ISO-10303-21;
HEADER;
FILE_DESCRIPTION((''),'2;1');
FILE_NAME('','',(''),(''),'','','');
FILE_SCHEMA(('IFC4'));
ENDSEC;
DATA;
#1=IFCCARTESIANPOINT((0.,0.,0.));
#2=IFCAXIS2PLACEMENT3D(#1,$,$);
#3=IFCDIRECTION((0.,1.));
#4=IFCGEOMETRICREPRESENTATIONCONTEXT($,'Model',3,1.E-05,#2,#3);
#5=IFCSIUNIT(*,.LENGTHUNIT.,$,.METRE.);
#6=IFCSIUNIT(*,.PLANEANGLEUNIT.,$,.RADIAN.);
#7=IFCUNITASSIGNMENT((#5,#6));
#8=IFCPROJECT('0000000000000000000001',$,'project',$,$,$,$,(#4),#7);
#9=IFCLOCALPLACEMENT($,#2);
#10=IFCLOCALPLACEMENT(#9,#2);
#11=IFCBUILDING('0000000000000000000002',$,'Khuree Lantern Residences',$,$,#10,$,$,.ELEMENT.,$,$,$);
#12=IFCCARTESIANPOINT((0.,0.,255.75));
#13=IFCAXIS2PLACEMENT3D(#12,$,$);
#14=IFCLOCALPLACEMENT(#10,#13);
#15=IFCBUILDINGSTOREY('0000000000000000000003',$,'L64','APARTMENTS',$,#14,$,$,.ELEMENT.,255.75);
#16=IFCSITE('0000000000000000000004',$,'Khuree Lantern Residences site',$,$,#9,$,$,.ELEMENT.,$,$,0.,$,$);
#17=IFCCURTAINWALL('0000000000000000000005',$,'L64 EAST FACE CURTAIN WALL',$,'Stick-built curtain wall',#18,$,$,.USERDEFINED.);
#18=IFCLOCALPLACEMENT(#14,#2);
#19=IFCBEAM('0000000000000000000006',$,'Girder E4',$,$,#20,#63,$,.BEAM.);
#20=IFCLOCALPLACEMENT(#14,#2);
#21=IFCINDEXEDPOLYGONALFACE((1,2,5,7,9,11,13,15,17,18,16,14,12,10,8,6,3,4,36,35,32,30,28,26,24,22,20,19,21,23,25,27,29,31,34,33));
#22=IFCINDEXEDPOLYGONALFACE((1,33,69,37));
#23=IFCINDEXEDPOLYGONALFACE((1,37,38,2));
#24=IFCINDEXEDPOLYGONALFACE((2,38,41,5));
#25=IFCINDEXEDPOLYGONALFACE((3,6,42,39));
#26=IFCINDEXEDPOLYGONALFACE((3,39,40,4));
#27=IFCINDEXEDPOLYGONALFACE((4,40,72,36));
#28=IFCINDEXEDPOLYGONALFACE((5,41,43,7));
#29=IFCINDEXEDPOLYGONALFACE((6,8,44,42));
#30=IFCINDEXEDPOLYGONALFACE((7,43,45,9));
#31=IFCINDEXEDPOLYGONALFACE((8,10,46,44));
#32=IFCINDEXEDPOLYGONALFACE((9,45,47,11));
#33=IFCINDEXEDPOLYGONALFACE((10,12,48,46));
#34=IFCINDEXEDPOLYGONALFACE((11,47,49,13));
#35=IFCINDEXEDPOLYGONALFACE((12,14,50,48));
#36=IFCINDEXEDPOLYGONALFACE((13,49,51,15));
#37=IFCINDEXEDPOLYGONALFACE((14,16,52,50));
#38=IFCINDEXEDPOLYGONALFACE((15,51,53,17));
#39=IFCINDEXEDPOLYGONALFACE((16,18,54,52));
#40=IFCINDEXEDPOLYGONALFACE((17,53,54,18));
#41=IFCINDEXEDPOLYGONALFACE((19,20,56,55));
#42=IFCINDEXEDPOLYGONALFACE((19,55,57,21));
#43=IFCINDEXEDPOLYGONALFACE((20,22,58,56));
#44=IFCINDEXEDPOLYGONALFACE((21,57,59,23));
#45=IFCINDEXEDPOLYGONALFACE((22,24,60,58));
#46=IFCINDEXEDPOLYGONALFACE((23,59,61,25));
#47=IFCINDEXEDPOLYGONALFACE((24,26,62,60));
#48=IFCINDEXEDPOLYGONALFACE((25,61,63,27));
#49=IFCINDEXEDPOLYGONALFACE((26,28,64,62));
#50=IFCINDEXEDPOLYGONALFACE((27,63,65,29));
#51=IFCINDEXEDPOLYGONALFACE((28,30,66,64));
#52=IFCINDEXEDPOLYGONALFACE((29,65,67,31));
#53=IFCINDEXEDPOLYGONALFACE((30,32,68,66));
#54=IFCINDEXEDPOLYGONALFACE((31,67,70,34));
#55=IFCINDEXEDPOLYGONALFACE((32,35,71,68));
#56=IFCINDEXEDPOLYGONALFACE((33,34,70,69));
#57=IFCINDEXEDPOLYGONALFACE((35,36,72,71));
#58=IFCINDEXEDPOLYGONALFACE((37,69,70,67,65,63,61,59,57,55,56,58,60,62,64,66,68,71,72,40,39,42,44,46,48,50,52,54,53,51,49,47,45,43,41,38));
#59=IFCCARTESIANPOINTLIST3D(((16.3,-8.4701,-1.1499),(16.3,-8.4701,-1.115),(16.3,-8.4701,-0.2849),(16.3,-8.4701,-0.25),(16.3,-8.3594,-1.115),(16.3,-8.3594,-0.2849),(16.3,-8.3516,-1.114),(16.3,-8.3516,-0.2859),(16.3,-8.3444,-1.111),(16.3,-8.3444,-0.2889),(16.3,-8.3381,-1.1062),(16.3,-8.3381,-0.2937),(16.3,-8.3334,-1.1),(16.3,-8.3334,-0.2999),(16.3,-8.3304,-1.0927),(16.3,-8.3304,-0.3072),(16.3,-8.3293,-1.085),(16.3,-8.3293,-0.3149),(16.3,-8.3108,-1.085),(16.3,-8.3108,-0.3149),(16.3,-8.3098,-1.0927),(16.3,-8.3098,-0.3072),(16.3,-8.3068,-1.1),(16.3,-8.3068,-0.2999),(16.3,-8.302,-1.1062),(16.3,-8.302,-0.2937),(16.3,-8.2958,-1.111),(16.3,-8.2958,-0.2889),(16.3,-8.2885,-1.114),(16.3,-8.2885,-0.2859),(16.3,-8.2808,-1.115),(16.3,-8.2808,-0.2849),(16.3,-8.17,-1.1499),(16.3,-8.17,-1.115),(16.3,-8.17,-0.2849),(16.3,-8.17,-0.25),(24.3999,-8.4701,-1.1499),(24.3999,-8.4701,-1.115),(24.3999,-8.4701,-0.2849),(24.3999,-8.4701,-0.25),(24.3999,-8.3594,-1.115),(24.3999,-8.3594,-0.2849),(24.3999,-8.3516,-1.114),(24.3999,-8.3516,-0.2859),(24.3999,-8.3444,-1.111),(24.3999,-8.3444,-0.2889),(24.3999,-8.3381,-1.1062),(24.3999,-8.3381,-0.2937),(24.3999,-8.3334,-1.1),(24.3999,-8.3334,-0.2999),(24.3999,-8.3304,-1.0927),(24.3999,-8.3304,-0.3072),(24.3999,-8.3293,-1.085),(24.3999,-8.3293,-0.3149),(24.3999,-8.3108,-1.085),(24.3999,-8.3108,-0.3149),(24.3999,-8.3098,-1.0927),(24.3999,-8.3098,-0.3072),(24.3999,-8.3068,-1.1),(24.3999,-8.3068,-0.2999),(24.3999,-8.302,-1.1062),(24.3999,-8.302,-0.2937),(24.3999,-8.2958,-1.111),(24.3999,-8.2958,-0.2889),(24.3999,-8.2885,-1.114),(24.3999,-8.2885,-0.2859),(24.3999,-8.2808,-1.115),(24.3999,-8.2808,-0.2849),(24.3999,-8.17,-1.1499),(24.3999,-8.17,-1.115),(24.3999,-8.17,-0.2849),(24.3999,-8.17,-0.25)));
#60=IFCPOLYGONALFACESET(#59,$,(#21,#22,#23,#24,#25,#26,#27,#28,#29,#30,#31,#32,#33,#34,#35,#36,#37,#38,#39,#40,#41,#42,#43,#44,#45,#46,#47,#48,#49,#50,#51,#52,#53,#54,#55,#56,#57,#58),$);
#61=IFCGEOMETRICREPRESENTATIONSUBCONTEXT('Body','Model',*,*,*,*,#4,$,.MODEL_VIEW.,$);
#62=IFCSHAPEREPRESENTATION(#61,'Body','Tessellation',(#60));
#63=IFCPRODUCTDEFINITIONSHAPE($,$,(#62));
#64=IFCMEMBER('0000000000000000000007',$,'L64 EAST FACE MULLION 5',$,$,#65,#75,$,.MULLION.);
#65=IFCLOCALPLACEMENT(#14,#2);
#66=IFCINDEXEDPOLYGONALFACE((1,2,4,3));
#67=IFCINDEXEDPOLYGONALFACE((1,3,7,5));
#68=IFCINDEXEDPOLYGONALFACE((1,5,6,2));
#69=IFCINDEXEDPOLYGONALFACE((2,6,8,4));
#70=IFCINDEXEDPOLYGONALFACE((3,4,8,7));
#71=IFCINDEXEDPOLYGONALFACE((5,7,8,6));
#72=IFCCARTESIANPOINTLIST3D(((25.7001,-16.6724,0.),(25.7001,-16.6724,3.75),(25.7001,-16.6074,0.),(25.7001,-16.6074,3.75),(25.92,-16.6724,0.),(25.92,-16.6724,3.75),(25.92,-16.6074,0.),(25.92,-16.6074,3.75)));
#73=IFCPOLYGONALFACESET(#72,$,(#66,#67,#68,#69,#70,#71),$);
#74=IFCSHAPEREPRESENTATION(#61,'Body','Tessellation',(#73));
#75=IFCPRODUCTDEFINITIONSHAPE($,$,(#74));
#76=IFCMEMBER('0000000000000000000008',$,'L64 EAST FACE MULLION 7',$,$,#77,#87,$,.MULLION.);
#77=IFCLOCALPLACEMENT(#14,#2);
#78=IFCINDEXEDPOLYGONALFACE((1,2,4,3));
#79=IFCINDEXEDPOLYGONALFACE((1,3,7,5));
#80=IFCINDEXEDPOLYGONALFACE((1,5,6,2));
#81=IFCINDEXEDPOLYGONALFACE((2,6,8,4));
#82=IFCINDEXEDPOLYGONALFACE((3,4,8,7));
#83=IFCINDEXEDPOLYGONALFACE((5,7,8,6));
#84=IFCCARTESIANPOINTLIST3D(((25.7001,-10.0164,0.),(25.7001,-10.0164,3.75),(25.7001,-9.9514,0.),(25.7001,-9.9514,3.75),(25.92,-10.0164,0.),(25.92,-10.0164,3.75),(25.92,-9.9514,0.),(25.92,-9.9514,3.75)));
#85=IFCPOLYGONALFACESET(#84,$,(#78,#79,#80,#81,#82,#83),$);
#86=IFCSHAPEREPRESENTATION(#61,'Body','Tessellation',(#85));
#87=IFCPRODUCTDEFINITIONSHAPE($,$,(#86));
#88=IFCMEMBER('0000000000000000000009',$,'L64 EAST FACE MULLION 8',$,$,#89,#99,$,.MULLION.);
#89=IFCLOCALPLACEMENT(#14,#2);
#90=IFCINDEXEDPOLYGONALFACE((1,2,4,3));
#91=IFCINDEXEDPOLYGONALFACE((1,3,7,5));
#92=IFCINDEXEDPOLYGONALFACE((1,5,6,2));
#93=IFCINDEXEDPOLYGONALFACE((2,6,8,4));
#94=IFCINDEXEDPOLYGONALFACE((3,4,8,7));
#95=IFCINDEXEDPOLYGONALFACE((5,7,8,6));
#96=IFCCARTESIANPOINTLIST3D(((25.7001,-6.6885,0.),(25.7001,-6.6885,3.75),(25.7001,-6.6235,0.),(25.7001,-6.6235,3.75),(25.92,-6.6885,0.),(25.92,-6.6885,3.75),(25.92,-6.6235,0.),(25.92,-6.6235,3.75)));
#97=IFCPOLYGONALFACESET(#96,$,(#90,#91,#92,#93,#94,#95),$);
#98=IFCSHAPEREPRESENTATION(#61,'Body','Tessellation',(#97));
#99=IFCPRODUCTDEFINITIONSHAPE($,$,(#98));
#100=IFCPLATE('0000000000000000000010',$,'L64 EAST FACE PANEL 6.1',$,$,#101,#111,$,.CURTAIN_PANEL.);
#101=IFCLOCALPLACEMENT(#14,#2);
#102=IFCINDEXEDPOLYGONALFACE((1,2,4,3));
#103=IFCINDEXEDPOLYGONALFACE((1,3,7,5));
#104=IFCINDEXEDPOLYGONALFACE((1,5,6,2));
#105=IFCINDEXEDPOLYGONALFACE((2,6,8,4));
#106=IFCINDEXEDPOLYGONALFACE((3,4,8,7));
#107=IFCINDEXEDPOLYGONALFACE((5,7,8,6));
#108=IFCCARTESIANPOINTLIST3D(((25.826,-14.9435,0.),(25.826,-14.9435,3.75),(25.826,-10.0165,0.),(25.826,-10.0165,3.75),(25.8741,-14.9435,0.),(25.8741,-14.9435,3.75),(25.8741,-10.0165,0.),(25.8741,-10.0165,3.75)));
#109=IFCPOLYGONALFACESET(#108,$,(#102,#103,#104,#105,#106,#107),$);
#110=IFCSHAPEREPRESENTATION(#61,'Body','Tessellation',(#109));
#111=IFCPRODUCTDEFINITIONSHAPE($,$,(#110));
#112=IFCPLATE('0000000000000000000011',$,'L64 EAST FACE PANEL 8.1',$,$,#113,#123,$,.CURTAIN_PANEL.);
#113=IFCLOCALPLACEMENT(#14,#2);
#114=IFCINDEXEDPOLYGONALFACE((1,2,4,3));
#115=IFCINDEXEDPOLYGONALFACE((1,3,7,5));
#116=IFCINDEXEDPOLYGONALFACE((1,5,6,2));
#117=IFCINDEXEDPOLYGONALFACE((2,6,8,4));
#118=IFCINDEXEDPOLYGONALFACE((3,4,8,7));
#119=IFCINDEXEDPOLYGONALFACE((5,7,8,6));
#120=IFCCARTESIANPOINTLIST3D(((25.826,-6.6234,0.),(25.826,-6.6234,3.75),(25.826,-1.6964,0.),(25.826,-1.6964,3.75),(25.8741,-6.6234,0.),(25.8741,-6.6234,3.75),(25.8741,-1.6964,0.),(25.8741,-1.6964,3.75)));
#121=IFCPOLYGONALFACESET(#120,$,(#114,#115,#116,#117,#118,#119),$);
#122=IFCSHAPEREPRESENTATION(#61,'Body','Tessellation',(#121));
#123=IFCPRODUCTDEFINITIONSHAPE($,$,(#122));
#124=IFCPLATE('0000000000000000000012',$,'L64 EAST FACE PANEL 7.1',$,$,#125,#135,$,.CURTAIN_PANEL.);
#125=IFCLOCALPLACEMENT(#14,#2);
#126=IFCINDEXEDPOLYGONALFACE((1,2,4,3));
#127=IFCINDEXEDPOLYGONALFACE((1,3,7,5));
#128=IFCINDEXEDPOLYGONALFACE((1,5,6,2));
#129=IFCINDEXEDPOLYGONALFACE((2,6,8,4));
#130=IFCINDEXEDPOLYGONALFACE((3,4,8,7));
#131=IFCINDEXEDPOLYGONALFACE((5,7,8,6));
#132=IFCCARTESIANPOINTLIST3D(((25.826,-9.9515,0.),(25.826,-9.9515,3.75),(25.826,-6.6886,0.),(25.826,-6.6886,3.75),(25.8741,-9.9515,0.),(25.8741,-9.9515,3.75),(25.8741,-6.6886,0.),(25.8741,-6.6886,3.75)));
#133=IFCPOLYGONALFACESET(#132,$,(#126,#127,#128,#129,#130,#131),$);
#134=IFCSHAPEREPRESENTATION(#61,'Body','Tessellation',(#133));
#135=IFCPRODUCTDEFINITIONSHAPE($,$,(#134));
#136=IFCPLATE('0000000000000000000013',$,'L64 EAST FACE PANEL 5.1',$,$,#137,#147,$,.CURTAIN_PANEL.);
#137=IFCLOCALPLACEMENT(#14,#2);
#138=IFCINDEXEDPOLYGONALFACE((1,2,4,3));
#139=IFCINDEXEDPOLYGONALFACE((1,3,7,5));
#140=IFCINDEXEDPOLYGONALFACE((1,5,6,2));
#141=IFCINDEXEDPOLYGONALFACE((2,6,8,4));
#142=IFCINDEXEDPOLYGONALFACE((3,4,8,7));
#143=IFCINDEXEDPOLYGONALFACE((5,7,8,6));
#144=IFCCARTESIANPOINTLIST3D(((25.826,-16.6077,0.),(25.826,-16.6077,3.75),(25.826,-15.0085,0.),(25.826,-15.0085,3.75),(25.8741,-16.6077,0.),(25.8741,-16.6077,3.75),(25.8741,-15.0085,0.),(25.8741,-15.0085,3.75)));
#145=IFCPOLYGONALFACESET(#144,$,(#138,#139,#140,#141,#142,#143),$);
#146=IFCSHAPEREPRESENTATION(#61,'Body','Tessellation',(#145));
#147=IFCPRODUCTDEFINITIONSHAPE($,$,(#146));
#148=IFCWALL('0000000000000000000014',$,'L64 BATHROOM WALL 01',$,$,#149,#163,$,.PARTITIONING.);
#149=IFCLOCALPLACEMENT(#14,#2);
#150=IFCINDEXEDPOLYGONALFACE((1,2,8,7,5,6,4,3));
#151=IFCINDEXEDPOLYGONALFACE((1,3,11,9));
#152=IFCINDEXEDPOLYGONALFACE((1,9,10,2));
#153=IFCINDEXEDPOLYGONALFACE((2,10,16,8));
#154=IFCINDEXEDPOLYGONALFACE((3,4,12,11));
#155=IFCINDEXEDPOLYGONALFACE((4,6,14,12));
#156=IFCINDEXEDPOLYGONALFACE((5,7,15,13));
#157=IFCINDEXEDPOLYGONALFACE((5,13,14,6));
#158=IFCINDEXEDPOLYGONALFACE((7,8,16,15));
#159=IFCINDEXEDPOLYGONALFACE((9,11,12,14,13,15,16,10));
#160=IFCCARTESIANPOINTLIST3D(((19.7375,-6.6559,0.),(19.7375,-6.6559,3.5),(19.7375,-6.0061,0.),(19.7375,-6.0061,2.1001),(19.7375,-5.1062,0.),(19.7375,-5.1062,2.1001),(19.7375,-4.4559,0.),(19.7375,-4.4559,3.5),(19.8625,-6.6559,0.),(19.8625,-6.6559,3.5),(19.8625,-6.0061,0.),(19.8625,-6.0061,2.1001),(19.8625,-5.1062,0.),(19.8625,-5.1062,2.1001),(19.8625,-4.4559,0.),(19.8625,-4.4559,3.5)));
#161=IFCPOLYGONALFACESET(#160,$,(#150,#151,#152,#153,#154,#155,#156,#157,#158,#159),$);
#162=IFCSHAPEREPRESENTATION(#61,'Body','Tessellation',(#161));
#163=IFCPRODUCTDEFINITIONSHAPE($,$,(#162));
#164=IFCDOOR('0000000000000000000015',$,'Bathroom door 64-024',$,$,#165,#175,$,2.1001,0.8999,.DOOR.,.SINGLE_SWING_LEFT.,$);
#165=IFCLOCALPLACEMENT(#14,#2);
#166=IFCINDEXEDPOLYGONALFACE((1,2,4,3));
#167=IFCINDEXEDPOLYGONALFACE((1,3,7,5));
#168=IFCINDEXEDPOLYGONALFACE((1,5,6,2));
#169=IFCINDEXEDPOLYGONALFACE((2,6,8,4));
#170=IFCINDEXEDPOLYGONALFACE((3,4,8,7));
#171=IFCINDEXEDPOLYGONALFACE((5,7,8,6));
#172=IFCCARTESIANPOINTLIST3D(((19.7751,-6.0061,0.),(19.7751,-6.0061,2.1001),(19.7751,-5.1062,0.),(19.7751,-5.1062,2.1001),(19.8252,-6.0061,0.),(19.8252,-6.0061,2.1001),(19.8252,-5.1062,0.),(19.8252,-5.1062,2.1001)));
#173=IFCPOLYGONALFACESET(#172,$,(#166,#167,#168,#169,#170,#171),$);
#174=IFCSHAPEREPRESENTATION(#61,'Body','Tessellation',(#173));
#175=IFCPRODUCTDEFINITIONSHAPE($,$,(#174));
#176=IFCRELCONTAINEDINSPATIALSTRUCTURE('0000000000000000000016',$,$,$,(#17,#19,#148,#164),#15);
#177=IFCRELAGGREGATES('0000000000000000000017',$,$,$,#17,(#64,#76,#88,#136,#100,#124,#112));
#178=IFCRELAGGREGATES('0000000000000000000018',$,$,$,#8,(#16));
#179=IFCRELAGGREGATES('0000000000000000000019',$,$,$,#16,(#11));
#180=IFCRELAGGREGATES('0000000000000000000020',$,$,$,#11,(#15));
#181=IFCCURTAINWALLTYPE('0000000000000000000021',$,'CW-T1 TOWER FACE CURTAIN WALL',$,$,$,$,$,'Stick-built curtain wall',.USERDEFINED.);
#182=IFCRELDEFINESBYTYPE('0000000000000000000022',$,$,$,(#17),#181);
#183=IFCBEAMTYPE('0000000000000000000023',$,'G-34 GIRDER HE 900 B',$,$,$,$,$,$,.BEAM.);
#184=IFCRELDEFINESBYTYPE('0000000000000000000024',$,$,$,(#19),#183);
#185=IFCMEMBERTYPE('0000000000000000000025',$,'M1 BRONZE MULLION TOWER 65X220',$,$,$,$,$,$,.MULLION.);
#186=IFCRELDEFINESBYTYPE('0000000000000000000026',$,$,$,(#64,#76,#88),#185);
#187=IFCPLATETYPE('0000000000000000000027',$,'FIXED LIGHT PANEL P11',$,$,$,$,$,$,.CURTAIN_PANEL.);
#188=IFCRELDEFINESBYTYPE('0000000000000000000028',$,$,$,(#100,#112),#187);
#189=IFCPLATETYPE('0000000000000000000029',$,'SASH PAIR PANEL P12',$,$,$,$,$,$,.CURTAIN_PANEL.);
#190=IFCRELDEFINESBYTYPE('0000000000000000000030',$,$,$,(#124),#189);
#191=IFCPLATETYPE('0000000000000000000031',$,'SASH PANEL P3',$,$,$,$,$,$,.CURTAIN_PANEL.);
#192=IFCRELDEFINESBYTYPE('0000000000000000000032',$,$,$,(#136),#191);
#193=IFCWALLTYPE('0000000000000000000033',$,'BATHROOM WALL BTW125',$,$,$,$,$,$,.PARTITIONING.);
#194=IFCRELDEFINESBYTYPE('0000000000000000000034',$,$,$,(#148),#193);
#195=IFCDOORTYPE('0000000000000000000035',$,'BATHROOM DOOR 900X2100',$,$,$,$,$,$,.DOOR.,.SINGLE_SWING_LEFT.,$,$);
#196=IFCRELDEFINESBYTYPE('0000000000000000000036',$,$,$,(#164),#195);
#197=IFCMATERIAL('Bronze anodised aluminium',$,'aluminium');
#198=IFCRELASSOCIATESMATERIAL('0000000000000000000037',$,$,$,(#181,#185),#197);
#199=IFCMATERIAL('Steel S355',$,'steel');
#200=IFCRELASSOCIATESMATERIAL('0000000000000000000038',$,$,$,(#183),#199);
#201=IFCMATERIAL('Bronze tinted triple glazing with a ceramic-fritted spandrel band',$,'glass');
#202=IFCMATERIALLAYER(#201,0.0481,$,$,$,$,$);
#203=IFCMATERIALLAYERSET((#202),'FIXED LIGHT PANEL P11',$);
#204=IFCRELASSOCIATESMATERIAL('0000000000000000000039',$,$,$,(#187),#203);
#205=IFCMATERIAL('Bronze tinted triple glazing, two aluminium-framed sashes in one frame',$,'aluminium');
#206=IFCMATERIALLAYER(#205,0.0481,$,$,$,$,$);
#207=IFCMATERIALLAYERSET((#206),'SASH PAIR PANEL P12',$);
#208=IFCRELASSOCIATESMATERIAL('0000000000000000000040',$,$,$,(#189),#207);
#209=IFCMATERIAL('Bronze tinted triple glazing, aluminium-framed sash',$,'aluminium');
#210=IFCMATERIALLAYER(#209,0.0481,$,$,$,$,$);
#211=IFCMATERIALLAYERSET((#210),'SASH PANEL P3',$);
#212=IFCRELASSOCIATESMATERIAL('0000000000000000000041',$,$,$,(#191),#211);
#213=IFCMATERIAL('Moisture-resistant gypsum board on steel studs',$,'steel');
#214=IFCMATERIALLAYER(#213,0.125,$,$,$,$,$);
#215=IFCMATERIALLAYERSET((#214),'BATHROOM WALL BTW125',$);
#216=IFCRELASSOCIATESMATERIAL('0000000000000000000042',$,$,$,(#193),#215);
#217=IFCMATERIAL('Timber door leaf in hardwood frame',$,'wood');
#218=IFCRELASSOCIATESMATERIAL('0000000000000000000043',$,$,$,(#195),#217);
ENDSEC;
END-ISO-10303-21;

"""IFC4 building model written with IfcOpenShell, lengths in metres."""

from ifc_helpers import new_model, si_unit, direction, frame, frame_2d, origin, origin_2d, place, context, subcontext, project, spatial, rectangle, i_section, extrude, material, layer, layer_set, material_profile, profile_set, type_object, element, fill, aggregate, save


model = new_model("IFC4")

# Units and contexts
model_context = context("Model", 3, precision=1e-05, world=origin(), true_north=direction((0.0, 1.0)))
body_context = subcontext(model_context, "Body", "Model", "MODEL_VIEW")
ifc_project = project(units=[si_unit("LENGTHUNIT", "METRE"), si_unit("PLANEANGLEUNIT", "RADIAN")], contexts=[model_context])

# Site, building, storey
site_placement = place(None, origin())
site = spatial("IfcSite", under=ifc_project, at=site_placement, Name="Khuree Lantern Residences site", CompositionType="ELEMENT", RefElevation=0.0)
building_placement = place(site_placement, origin())
building = spatial("IfcBuilding", under=site, at=building_placement, Name="Khuree Lantern Residences", CompositionType="ELEMENT")
storey_placement = place(building_placement, frame((0.0, 0.0, 255.75)))
storey = spatial("IfcBuildingStorey", under=building, at=storey_placement, Name="L64", Description="APARTMENTS", CompositionType="ELEMENT", Elevation=255.75)

# Shared definitions
ifc_material_1 = material(Name="Steel S355", Category="steel")

# Curtain wall
ifc_material_2 = material(Name="Bronze anodised aluminium", Category="aluminium")
curtain_wall_type = type_object("IfcCurtainWallType", Name="CW-T1 TOWER FACE CURTAIN WALL", ElementType="Stick-built curtain wall", PredefinedType="USERDEFINED", material=ifc_material_2)
curtain_wall_placement = place(storey_placement, origin())
curtain_wall = element("IfcCurtainWall", 1, at=curtain_wall_placement, inside=storey, type_object=curtain_wall_type, Name="L64 EAST FACE CURTAIN WALL", ObjectType="Stick-built curtain wall", PredefinedType="USERDEFINED")

# Beam
ifc_material_profile_1 = material_profile(ifc_material_1, i_section(OverallWidth=0.3, OverallDepth=0.8999, WebThickness=0.0186, FlangeThickness=0.0349, FilletRadius=0.03, at=origin_2d()), Name="HE 900 B")
ifc_profile_set_1 = profile_set([ifc_material_profile_1], Name="Steel S355")
beam_type_1 = type_object("IfcBeamType", Name="G-34 GIRDER HE 900 B", PredefinedType="BEAM", material=ifc_profile_set_1)
beam_1_placement = place(storey_placement, frame((24.3999, -8.3201, -0.7), z_axis=(-1.0, 0.0, 0.0), x_axis=(0.0, -1.0, 0.0)))
element("IfcBeam", 2, at=beam_1_placement, inside=storey, type_object=beam_type_1, Name="Girder E4", PredefinedType="BEAM", context=body_context, shape_type="SweptSolid", body=[
    extrude(i_section(OverallWidth=0.3, OverallDepth=0.8999, WebThickness=0.0186, FlangeThickness=0.0349, FilletRadius=0.03, at=origin_2d()), origin(), (0.0, 0.0, 1.0), 8.0999),
])

# Members
ifc_material_profile_2 = material_profile(ifc_material_2, rectangle(XDim=0.0649, YDim=0.22, at=origin_2d()), Name="M1 65X220")
ifc_profile_set_2 = profile_set([ifc_material_profile_2], Name="Bronze anodised aluminium")
member_type_1 = type_object("IfcMemberType", Name="M1 BRONZE MULLION TOWER 65X220", PredefinedType="MULLION", material=ifc_profile_set_2)
member_1_placement = place(storey_placement, frame((25.8101, -16.6399, 0.0), z_axis=(0.0, 0.0, 1.0), x_axis=(0.0, 1.0, 0.0)))
member_1 = element("IfcMember", 3, at=member_1_placement, type_object=member_type_1, Name="L64 EAST FACE MULLION 5", PredefinedType="MULLION", context=body_context, shape_type="SweptSolid", body=[
    extrude(rectangle(XDim=0.0649, YDim=0.22, at=origin_2d()), origin(), (0.0, 0.0, 1.0), 3.75),
])
member_2_placement = place(storey_placement, frame((25.8101, -9.9839, 0.0), z_axis=(0.0, 0.0, 1.0), x_axis=(0.0, 1.0, 0.0)))
member_2 = element("IfcMember", 4, at=member_2_placement, type_object=member_type_1, Name="L64 EAST FACE MULLION 7", PredefinedType="MULLION", context=body_context, shape_type="SweptSolid", body=[
    extrude(rectangle(XDim=0.0649, YDim=0.22, at=origin_2d()), origin(), (0.0, 0.0, 1.0), 3.75),
])
member_3_placement = place(storey_placement, frame((25.8101, -6.656, 0.0), z_axis=(0.0, 0.0, 1.0), x_axis=(0.0, 1.0, 0.0)))
member_3 = element("IfcMember", 5, at=member_3_placement, type_object=member_type_1, Name="L64 EAST FACE MULLION 8", PredefinedType="MULLION", context=body_context, shape_type="SweptSolid", body=[
    extrude(rectangle(XDim=0.0649, YDim=0.22, at=origin_2d()), origin(), (0.0, 0.0, 1.0), 3.75),
])

# Plates
ifc_material_3 = material(Name="Bronze tinted triple glazing with a ceramic-fritted spandrel band", Category="glass")
ifc_layer_1 = layer(ifc_material_3, 0.0481)
ifc_layer_set_1 = layer_set([ifc_layer_1], Name="FIXED LIGHT PANEL P11")
plate_type_1 = type_object("IfcPlateType", Name="FIXED LIGHT PANEL P11", PredefinedType="CURTAIN_PANEL", material=ifc_layer_set_1)
plate_1_placement = place(storey_placement, frame((25.8501, -12.48, 0.0), z_axis=(0.0, 0.0, 1.0), x_axis=(0.0, 1.0, 0.0)))
plate_1 = element("IfcPlate", 6, at=plate_1_placement, type_object=plate_type_1, Name="L64 EAST FACE PANEL 6.1", PredefinedType="CURTAIN_PANEL", context=body_context, shape_type="SweptSolid", body=[
    extrude(rectangle(XDim=4.927, YDim=0.0481, at=origin_2d()), origin(), (0.0, 0.0, 1.0), 3.75),
])
plate_2_placement = place(storey_placement, frame((25.8501, -4.1599, 0.0), z_axis=(0.0, 0.0, 1.0), x_axis=(0.0, 1.0, 0.0)))
plate_2 = element("IfcPlate", 7, at=plate_2_placement, type_object=plate_type_1, Name="L64 EAST FACE PANEL 8.1", PredefinedType="CURTAIN_PANEL", context=body_context, shape_type="SweptSolid", body=[
    extrude(rectangle(XDim=4.927, YDim=0.0481, at=origin_2d()), origin(), (0.0, 0.0, 1.0), 3.75),
])
ifc_material_4 = material(Name="Bronze tinted triple glazing, two aluminium-framed sashes in one frame", Category="aluminium")
ifc_layer_2 = layer(ifc_material_4, 0.0481)
ifc_layer_set_2 = layer_set([ifc_layer_2], Name="SASH PAIR PANEL P12")
plate_type_2 = type_object("IfcPlateType", Name="SASH PAIR PANEL P12", PredefinedType="CURTAIN_PANEL", material=ifc_layer_set_2)
plate_3_placement = place(storey_placement, frame((25.8501, -8.3201, 0.0), z_axis=(0.0, 0.0, 1.0), x_axis=(0.0, 1.0, 0.0)))
plate_3 = element("IfcPlate", 8, at=plate_3_placement, type_object=plate_type_2, Name="L64 EAST FACE PANEL 7.1", PredefinedType="CURTAIN_PANEL", context=body_context, shape_type="SweptSolid", body=[
    extrude(rectangle(XDim=3.2629, YDim=0.0481, at=origin_2d()), origin(), (0.0, 0.0, 1.0), 3.75),
])
ifc_material_5 = material(Name="Bronze tinted triple glazing, aluminium-framed sash", Category="aluminium")
ifc_layer_3 = layer(ifc_material_5, 0.0481)
ifc_layer_set_3 = layer_set([ifc_layer_3], Name="SASH PANEL P3")
plate_type_3 = type_object("IfcPlateType", Name="SASH PANEL P3", PredefinedType="CURTAIN_PANEL", material=ifc_layer_set_3)
plate_4_placement = place(storey_placement, frame((25.8501, -15.8081, 0.0), z_axis=(0.0, 0.0, 1.0), x_axis=(0.0, 1.0, 0.0)))
plate_4 = element("IfcPlate", 9, at=plate_4_placement, type_object=plate_type_3, Name="L64 EAST FACE PANEL 5.1", PredefinedType="CURTAIN_PANEL", context=body_context, shape_type="SweptSolid", body=[
    extrude(rectangle(XDim=1.5991, YDim=0.0481, at=origin_2d()), origin(), (0.0, 0.0, 1.0), 3.75),
])
aggregate(curtain_wall, [member_1, member_2, member_3, plate_4, plate_1, plate_3, plate_2])

# Wall, opening, door
ifc_material_6 = material(Name="Moisture-resistant gypsum board on steel studs", Category="steel")
ifc_layer_4 = layer(ifc_material_6, 0.125)
ifc_layer_set_4 = layer_set([ifc_layer_4], Name="BATHROOM WALL BTW125")
wall_type_1 = type_object("IfcWallType", Name="BATHROOM WALL BTW125", PredefinedType="PARTITIONING", material=ifc_layer_set_4)
wall_1_placement = place(storey_placement, frame((19.8, -6.656, 0.0), z_axis=(0.0, 0.0, 1.0), x_axis=(0.0, 1.0, 0.0)))
wall_1 = element("IfcWall", 10, at=wall_1_placement, inside=storey, type_object=wall_type_1, Name="L64 BATHROOM WALL 01", PredefinedType="PARTITIONING", context=body_context, shape_type="SweptSolid", body=[
    extrude(rectangle(XDim=2.2, YDim=0.125, at=frame_2d((1.1001, 0.0))), origin(), (0.0, 0.0, 1.0), 3.5),
])
opening_1_placement = place(wall_1_placement, frame((0.6499, 0.0, 0.0)))
opening_1 = element("IfcOpeningElement", 11, at=opening_1_placement, cuts=wall_1, PredefinedType="OPENING", context=body_context, shape_type="SweptSolid", body=[
    extrude(rectangle(XDim=0.8999, YDim=2.1001, at=frame_2d((0.45, 1.05))), frame((0.0, 0.0725, 0.0), z_axis=(0.0, -1.0, 0.0), x_axis=(1.0, 0.0, 0.0)), (0.0, 0.0, 1.0), 0.145),
])
ifc_material_7 = material(Name="Timber door leaf in hardwood frame", Category="wood")
door_type_1 = type_object("IfcDoorType", Name="BATHROOM DOOR 900X2100", OperationType="SINGLE_SWING_LEFT", PredefinedType="DOOR", material=ifc_material_7)
door_1_placement = place(opening_1_placement, origin())
door_1 = element("IfcDoor", 12, at=door_1_placement, inside=storey, type_object=door_type_1, Name="Bathroom door 64-024", OperationType="SINGLE_SWING_LEFT", OverallHeight=2.1001, OverallWidth=0.8999, PredefinedType="DOOR", context=body_context, shape_type="SweptSolid", body=[
    extrude(rectangle(XDim=0.8999, YDim=2.1001, at=frame_2d((0.45, 1.05))), frame((0.0, 0.0249, 0.0), z_axis=(0.0, -1.0, 0.0), x_axis=(1.0, 0.0, 0.0)), (0.0, 0.0, 1.0), 0.05),
])
fill(opening_1, door_1)

save(model, "model.ifc")
